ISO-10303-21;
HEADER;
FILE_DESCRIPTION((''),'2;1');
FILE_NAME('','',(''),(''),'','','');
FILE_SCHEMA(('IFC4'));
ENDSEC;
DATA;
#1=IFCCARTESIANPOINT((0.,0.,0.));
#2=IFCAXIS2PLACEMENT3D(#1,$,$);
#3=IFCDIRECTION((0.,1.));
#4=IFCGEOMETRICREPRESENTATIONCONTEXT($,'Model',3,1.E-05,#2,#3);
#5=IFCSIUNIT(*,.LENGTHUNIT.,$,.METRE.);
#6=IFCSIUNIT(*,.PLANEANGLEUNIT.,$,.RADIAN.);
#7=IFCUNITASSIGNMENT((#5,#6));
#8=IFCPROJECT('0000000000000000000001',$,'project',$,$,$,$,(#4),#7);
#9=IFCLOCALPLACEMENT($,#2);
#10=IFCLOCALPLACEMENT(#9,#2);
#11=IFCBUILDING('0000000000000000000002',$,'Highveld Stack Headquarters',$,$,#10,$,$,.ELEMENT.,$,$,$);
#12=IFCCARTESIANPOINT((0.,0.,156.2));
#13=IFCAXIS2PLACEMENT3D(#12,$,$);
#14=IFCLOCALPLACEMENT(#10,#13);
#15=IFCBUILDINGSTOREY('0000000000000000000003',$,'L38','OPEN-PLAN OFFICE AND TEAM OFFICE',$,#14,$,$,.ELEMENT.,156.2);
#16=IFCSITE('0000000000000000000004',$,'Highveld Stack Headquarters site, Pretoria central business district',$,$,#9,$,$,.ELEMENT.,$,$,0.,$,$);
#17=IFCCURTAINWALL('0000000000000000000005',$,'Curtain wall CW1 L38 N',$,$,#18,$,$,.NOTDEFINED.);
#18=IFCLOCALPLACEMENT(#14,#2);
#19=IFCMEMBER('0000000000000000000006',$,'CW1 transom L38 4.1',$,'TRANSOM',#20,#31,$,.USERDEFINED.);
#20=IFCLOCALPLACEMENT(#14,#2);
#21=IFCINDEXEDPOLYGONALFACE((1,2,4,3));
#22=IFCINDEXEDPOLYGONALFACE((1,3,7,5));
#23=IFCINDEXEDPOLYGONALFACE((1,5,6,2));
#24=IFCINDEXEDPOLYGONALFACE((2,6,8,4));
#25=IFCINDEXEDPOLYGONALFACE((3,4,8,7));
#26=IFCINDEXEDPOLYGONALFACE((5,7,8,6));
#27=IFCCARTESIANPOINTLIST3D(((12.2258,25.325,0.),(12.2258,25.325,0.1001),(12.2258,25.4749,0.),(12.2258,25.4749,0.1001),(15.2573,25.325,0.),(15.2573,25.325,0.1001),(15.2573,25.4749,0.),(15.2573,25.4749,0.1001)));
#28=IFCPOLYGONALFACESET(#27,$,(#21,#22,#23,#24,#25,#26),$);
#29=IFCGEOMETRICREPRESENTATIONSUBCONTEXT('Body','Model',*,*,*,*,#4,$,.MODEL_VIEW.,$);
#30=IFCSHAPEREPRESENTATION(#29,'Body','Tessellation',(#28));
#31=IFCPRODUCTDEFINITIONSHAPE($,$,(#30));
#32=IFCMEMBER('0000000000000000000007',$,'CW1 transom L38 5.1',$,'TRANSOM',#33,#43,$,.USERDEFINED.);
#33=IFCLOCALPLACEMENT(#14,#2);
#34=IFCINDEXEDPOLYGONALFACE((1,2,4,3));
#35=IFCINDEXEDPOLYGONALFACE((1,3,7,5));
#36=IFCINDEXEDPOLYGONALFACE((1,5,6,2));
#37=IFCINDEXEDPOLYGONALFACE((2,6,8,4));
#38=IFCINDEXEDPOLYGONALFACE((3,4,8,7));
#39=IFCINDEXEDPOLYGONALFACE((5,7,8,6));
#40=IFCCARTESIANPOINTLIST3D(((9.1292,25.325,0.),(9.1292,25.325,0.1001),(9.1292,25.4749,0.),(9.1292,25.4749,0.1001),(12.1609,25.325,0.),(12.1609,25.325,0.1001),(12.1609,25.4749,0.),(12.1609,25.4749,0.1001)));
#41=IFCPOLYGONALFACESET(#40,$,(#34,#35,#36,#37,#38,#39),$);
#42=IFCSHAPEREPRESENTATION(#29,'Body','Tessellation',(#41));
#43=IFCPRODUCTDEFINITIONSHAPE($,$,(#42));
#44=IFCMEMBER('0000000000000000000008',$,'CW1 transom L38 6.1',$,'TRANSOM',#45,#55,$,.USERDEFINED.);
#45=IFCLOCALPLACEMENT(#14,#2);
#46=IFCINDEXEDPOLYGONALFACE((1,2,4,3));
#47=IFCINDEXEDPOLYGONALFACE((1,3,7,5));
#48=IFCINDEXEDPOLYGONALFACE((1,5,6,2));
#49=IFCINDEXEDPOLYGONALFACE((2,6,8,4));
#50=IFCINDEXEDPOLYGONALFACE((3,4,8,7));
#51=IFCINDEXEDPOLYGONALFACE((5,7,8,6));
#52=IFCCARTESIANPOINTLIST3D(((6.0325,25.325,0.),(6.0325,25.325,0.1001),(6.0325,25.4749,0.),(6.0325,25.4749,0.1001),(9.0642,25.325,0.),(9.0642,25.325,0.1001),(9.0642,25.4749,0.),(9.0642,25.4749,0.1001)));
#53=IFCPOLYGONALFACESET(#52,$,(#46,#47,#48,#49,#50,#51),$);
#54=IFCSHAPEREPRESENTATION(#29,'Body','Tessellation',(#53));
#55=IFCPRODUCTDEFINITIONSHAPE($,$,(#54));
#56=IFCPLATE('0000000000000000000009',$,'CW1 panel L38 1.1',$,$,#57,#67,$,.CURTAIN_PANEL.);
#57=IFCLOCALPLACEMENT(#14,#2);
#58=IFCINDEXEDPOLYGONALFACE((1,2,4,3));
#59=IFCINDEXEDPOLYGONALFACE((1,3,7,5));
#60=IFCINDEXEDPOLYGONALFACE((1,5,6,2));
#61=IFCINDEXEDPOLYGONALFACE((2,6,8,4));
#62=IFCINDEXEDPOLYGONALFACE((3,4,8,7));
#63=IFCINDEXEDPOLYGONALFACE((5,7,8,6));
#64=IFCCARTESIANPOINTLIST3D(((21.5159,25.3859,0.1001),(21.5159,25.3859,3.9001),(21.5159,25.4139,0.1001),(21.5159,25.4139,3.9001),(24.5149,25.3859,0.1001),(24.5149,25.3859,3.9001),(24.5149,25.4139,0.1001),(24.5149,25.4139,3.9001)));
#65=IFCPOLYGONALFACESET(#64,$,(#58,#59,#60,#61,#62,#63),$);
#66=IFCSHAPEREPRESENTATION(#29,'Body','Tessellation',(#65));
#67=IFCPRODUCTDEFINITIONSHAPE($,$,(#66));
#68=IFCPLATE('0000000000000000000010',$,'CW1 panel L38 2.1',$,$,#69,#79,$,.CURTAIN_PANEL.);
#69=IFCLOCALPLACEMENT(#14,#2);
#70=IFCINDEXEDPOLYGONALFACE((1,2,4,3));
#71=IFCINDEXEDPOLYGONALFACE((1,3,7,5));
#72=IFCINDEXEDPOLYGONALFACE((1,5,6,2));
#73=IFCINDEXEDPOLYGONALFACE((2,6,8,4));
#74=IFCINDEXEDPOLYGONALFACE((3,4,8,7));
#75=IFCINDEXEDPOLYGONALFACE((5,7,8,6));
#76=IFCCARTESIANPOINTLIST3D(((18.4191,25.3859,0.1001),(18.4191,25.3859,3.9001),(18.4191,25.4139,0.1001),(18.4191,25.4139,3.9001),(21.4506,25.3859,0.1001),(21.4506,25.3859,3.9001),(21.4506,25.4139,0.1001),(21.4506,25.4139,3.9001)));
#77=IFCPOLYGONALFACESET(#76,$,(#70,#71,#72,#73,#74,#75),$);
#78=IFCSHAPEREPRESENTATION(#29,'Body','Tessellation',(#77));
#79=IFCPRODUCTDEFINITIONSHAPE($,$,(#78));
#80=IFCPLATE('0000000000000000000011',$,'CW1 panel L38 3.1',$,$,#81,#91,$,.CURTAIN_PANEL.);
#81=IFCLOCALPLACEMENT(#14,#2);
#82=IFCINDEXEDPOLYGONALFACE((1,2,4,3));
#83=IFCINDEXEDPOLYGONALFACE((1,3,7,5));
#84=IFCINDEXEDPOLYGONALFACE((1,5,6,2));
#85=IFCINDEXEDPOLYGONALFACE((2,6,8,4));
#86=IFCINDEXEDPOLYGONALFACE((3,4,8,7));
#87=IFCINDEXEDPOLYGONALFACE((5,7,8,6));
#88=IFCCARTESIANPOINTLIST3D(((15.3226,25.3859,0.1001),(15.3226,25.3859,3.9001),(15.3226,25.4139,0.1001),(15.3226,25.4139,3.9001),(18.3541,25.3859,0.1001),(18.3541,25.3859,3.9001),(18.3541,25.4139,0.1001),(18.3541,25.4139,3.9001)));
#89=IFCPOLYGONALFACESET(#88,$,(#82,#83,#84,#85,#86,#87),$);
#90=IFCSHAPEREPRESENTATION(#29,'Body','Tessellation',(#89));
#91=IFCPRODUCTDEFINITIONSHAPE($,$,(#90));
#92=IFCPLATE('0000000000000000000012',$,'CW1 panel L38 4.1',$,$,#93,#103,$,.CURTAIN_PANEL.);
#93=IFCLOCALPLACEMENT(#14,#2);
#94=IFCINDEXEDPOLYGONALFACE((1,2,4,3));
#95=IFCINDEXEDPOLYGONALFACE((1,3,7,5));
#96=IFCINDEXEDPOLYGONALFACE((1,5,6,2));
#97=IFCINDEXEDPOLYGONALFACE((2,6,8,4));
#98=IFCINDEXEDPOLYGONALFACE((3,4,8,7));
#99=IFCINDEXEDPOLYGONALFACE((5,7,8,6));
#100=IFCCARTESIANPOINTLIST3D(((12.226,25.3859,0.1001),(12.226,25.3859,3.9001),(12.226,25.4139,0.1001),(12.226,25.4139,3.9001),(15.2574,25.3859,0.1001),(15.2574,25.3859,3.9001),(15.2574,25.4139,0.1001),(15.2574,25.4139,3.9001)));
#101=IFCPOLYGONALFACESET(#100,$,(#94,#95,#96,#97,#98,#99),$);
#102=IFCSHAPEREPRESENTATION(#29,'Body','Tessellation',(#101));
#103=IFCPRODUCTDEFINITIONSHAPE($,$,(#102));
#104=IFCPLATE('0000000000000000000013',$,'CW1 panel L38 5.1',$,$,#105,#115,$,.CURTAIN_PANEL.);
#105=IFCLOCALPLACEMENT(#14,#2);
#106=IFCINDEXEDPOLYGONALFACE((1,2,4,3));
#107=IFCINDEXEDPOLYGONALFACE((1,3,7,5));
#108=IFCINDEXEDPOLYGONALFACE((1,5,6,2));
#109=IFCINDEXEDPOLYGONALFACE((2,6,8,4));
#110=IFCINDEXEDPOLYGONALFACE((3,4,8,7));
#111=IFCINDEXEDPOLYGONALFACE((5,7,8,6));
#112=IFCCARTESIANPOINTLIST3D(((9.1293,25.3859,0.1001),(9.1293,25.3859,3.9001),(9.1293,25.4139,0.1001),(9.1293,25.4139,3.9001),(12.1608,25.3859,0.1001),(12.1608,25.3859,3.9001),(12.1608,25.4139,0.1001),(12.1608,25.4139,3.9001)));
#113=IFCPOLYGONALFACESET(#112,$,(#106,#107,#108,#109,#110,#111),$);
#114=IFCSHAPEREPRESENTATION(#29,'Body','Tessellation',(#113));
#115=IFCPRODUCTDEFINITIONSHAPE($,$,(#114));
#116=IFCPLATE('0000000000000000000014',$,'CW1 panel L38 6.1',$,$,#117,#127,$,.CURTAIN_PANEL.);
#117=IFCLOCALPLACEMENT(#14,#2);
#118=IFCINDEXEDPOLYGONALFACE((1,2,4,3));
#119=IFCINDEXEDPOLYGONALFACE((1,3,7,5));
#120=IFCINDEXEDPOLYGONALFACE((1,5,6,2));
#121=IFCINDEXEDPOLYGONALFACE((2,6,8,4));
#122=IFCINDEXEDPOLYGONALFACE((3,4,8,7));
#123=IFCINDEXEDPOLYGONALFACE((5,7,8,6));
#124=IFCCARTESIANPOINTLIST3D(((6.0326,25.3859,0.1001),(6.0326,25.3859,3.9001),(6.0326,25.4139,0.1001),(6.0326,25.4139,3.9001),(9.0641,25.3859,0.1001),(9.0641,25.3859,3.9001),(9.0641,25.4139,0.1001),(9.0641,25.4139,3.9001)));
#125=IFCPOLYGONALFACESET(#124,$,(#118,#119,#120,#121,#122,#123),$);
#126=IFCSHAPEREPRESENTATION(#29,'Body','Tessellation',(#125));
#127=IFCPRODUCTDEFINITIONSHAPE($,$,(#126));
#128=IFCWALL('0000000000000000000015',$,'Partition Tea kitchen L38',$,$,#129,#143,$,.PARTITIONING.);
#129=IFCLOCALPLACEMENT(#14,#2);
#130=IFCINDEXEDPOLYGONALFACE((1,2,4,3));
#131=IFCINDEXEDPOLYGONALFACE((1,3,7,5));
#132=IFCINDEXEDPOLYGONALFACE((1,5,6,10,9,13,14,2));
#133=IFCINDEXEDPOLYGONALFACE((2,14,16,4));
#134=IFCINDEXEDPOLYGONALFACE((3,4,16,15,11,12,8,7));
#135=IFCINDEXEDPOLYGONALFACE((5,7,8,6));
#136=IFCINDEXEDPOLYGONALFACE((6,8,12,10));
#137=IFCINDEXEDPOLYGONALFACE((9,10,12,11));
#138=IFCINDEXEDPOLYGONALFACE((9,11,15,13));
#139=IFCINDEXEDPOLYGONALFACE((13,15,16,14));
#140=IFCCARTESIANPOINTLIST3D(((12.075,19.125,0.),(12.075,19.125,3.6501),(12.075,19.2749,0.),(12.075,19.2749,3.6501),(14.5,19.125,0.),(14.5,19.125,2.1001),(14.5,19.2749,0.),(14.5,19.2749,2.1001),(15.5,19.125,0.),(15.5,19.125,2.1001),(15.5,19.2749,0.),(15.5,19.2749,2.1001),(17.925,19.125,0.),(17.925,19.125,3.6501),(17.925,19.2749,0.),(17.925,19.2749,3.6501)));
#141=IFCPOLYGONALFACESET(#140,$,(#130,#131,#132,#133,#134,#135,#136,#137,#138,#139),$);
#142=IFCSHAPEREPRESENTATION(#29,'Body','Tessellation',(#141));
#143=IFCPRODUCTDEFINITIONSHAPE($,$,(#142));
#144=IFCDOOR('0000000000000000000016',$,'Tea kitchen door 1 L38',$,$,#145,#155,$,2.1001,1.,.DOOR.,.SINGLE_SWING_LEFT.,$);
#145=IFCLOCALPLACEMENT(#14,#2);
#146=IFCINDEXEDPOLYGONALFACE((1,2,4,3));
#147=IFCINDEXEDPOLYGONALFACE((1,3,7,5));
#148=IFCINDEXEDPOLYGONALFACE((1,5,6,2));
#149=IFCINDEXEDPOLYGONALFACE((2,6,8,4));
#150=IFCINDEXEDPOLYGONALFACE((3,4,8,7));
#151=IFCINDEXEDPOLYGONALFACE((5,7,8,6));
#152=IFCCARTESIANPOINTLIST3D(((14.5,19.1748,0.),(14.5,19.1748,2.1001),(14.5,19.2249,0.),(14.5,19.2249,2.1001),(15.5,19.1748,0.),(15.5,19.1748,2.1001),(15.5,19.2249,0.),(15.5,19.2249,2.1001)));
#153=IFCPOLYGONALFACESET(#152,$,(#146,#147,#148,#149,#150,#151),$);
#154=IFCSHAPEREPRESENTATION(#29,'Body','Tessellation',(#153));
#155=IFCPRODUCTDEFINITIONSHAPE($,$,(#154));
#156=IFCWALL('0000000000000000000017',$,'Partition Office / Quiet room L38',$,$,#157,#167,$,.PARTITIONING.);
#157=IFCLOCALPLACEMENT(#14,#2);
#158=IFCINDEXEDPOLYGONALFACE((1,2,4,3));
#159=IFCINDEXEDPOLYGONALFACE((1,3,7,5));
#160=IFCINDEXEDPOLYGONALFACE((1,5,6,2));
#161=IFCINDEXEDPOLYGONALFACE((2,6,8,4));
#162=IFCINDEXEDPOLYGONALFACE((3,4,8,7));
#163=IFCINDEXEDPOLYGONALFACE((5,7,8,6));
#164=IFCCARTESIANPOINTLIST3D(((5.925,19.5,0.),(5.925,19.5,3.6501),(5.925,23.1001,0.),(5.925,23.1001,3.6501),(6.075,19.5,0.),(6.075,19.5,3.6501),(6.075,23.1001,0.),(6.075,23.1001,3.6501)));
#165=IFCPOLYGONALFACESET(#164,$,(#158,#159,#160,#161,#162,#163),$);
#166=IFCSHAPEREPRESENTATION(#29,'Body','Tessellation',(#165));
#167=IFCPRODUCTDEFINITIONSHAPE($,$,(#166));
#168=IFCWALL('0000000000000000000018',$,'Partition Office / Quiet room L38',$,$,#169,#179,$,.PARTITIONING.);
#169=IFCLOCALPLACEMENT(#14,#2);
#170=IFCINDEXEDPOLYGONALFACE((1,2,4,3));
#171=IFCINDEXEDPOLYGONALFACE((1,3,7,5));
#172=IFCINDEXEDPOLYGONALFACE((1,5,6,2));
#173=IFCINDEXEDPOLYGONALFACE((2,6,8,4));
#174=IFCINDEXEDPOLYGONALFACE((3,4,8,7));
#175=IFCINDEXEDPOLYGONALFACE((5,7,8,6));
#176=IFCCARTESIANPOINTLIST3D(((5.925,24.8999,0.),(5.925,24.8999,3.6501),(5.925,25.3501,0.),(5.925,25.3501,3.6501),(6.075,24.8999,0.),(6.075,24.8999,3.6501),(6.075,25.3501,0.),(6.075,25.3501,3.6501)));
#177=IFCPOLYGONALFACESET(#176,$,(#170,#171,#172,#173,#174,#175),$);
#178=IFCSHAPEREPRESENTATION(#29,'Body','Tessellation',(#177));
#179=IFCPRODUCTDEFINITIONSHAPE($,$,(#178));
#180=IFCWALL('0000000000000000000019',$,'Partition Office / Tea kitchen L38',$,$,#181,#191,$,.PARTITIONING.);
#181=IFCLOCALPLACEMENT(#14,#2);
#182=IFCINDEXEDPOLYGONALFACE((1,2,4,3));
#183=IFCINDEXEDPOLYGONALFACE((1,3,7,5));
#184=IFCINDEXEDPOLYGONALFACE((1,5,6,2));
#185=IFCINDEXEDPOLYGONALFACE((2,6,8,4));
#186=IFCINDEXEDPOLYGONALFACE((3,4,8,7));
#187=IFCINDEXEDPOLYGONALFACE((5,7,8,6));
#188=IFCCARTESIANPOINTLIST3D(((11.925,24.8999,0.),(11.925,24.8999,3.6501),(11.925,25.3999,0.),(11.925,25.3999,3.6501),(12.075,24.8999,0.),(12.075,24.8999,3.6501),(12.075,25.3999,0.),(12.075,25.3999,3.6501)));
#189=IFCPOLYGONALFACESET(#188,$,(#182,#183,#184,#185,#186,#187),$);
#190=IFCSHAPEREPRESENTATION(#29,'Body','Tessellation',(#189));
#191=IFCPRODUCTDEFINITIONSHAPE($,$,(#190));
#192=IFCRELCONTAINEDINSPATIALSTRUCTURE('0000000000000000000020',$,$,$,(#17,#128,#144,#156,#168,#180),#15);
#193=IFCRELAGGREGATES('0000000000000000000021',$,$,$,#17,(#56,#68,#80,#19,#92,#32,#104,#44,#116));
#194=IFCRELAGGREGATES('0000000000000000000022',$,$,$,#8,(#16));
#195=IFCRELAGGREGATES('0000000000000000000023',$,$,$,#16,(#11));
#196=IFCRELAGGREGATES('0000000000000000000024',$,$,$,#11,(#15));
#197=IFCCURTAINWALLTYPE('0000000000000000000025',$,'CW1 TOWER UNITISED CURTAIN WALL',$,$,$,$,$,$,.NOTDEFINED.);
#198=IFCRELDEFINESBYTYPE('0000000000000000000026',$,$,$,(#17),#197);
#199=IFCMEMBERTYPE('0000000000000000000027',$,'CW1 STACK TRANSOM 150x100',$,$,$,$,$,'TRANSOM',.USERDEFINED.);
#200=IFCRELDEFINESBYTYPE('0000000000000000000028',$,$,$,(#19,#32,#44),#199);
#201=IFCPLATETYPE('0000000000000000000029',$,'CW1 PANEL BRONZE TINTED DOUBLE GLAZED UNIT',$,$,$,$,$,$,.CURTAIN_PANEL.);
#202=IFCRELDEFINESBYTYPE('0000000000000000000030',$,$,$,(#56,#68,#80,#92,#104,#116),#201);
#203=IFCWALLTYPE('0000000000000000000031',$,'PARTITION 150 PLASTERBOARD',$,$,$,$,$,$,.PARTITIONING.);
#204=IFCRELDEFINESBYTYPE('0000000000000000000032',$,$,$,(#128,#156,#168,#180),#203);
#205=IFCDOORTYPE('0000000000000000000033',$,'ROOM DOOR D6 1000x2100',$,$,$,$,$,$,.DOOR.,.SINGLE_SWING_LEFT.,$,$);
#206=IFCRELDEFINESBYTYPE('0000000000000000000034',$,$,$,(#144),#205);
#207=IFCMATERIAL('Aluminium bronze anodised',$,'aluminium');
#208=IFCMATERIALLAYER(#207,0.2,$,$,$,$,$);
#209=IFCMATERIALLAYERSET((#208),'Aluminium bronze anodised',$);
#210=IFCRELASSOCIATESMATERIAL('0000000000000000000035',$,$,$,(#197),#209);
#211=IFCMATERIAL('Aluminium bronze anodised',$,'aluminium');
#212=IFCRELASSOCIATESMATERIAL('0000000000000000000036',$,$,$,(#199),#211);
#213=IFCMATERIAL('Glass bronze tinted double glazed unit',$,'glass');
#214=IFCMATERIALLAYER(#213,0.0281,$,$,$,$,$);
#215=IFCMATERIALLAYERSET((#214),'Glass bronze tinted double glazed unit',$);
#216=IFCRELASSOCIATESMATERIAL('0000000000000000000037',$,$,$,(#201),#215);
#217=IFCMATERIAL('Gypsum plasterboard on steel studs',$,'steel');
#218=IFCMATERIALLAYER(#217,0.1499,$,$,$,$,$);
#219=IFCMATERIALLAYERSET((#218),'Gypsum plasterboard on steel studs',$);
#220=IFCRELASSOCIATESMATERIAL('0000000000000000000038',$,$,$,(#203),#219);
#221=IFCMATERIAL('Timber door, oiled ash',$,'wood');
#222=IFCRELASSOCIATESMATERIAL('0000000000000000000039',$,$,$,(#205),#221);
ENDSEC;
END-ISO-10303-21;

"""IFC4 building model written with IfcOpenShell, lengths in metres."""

from ifc_helpers import new_model, si_unit, direction, frame, frame_2d, origin, origin_2d, place, context, subcontext, project, spatial, rectangle, extrude, material, layer, layer_set, material_profile, profile_set, type_object, element, fill, aggregate, save


model = new_model("IFC4")

# Units and contexts
model_context = context("Model", 3, precision=1e-05, world=origin(), true_north=direction((0.0, 1.0)))
body_context = subcontext(model_context, "Body", "Model", "MODEL_VIEW")
ifc_project = project(units=[si_unit("LENGTHUNIT", "METRE"), si_unit("PLANEANGLEUNIT", "RADIAN")], contexts=[model_context])

# Site, building, storey
site_placement = place(None, origin())
site = spatial("IfcSite", under=ifc_project, at=site_placement, Name="Highveld Stack Headquarters site, Pretoria central business district", CompositionType="ELEMENT", RefElevation=0.0)
building_placement = place(site_placement, origin())
building = spatial("IfcBuilding", under=site, at=building_placement, Name="Highveld Stack Headquarters", CompositionType="ELEMENT")
storey_placement = place(building_placement, frame((0.0, 0.0, 156.2)))
storey = spatial("IfcBuildingStorey", under=building, at=storey_placement, Name="L38", Description="OPEN-PLAN OFFICE AND TEAM OFFICE", CompositionType="ELEMENT", Elevation=156.2)

# Curtain wall, members, plates
ifc_material_1 = material(Name="Aluminium bronze anodised", Category="aluminium")
ifc_layer_1 = layer(ifc_material_1, 0.2)
ifc_layer_set_1 = layer_set([ifc_layer_1], Name="Aluminium bronze anodised")
curtain_wall_type = type_object("IfcCurtainWallType", Name="CW1 TOWER UNITISED CURTAIN WALL", PredefinedType="NOTDEFINED", material=ifc_layer_set_1)
curtain_wall_placement = place(storey_placement, origin())
curtain_wall = element("IfcCurtainWall", 1, at=curtain_wall_placement, inside=storey, type_object=curtain_wall_type, Name="Curtain wall CW1 L38 N", PredefinedType="NOTDEFINED")
ifc_material_2 = material(Name="Aluminium bronze anodised", Category="aluminium")
ifc_material_profile_1 = material_profile(ifc_material_2, rectangle(XDim=0.1499, YDim=0.1001, at=origin_2d()), Name="CW1 TRANSOM 150x100")
ifc_profile_set_1 = profile_set([ifc_material_profile_1], Name="Aluminium bronze anodised")
member_type_1 = type_object("IfcMemberType", Name="CW1 STACK TRANSOM 150x100", ElementType="TRANSOM", PredefinedType="USERDEFINED", material=ifc_profile_set_1)
member_1_placement = place(storey_placement, frame((15.2573, 25.3999, 0.05), z_axis=(-1.0, 0.0, 0.0), x_axis=(0.0, -1.0, 0.0)))
member_1 = element("IfcMember", 2, at=member_1_placement, type_object=member_type_1, Name="CW1 transom L38 4.1", ObjectType="TRANSOM", PredefinedType="USERDEFINED", context=body_context, shape_type="SweptSolid", body=[
    extrude(rectangle(XDim=0.1499, YDim=0.1001, at=origin_2d()), origin(), (0.0, 0.0, 1.0), 3.0315),
])
member_2_placement = place(storey_placement, frame((12.1609, 25.3999, 0.05), z_axis=(-1.0, 0.0, 0.0), x_axis=(0.0, -1.0, 0.0)))
member_2 = element("IfcMember", 3, at=member_2_placement, type_object=member_type_1, Name="CW1 transom L38 5.1", ObjectType="TRANSOM", PredefinedType="USERDEFINED", context=body_context, shape_type="SweptSolid", body=[
    extrude(rectangle(XDim=0.1499, YDim=0.1001, at=origin_2d()), origin(), (0.0, 0.0, 1.0), 3.0317),
])
member_3_placement = place(storey_placement, frame((9.0642, 25.3999, 0.05), z_axis=(-1.0, 0.0, 0.0), x_axis=(0.0, -1.0, 0.0)))
member_3 = element("IfcMember", 4, at=member_3_placement, type_object=member_type_1, Name="CW1 transom L38 6.1", ObjectType="TRANSOM", PredefinedType="USERDEFINED", context=body_context, shape_type="SweptSolid", body=[
    extrude(rectangle(XDim=0.1499, YDim=0.1001, at=origin_2d()), origin(), (0.0, 0.0, 1.0), 3.0317),
])
ifc_material_3 = material(Name="Glass bronze tinted double glazed unit", Category="glass")
ifc_layer_2 = layer(ifc_material_3, 0.0281)
ifc_layer_set_2 = layer_set([ifc_layer_2], Name="Glass bronze tinted double glazed unit")
plate_type = type_object("IfcPlateType", Name="CW1 PANEL BRONZE TINTED DOUBLE GLAZED UNIT", PredefinedType="CURTAIN_PANEL", material=ifc_layer_set_2)
plate_1_placement = place(storey_placement, frame((23.0154, 25.3999, 0.1001), z_axis=(0.0, 0.0, 1.0), x_axis=(-1.0, 0.0, 0.0)))
plate_1 = element("IfcPlate", 5, at=plate_1_placement, type_object=plate_type, Name="CW1 panel L38 1.1", PredefinedType="CURTAIN_PANEL", context=body_context, shape_type="SweptSolid", body=[
    extrude(rectangle(XDim=2.999, YDim=0.0281, at=origin_2d()), origin(), (0.0, 0.0, 1.0), 3.8),
])
plate_2_placement = place(storey_placement, frame((19.9348, 25.3999, 0.1001), z_axis=(0.0, 0.0, 1.0), x_axis=(-1.0, 0.0, 0.0)))
plate_2 = element("IfcPlate", 6, at=plate_2_placement, type_object=plate_type, Name="CW1 panel L38 2.1", PredefinedType="CURTAIN_PANEL", context=body_context, shape_type="SweptSolid", body=[
    extrude(rectangle(XDim=3.0315, YDim=0.0281, at=origin_2d()), origin(), (0.0, 0.0, 1.0), 3.8),
])
plate_3_placement = place(storey_placement, frame((16.8384, 25.3999, 0.1001), z_axis=(0.0, 0.0, 1.0), x_axis=(-1.0, 0.0, 0.0)))
plate_3 = element("IfcPlate", 7, at=plate_3_placement, type_object=plate_type, Name="CW1 panel L38 3.1", PredefinedType="CURTAIN_PANEL", context=body_context, shape_type="SweptSolid", body=[
    extrude(rectangle(XDim=3.0315, YDim=0.0281, at=origin_2d()), origin(), (0.0, 0.0, 1.0), 3.8),
])
plate_4_placement = place(storey_placement, frame((13.7417, 25.3999, 0.1001), z_axis=(0.0, 0.0, 1.0), x_axis=(-1.0, 0.0, 0.0)))
plate_4 = element("IfcPlate", 8, at=plate_4_placement, type_object=plate_type, Name="CW1 panel L38 4.1", PredefinedType="CURTAIN_PANEL", context=body_context, shape_type="SweptSolid", body=[
    extrude(rectangle(XDim=3.0315, YDim=0.0281, at=origin_2d()), origin(), (0.0, 0.0, 1.0), 3.8),
])
plate_5_placement = place(storey_placement, frame((10.645, 25.3999, 0.1001), z_axis=(0.0, 0.0, 1.0), x_axis=(-1.0, 0.0, 0.0)))
plate_5 = element("IfcPlate", 9, at=plate_5_placement, type_object=plate_type, Name="CW1 panel L38 5.1", PredefinedType="CURTAIN_PANEL", context=body_context, shape_type="SweptSolid", body=[
    extrude(rectangle(XDim=3.0315, YDim=0.0281, at=origin_2d()), origin(), (0.0, 0.0, 1.0), 3.8),
])
plate_6_placement = place(storey_placement, frame((7.5483, 25.3999, 0.1001), z_axis=(0.0, 0.0, 1.0), x_axis=(-1.0, 0.0, 0.0)))
plate_6 = element("IfcPlate", 10, at=plate_6_placement, type_object=plate_type, Name="CW1 panel L38 6.1", PredefinedType="CURTAIN_PANEL", context=body_context, shape_type="SweptSolid", body=[
    extrude(rectangle(XDim=3.0315, YDim=0.0281, at=origin_2d()), origin(), (0.0, 0.0, 1.0), 3.8),
])
aggregate(curtain_wall, [plate_1, plate_2, plate_3, member_1, plate_4, member_2, plate_5, member_3, plate_6])

# Wall, opening, door
ifc_material_4 = material(Name="Gypsum plasterboard on steel studs", Category="steel")
ifc_layer_3 = layer(ifc_material_4, 0.1499)
ifc_layer_set_3 = layer_set([ifc_layer_3], Name="Gypsum plasterboard on steel studs")
wall_type = type_object("IfcWallType", Name="PARTITION 150 PLASTERBOARD", PredefinedType="PARTITIONING", material=ifc_layer_set_3)
wall_1_placement = place(storey_placement, frame((12.075, 19.2, 0.0), z_axis=(0.0, 0.0, 1.0), x_axis=(1.0, 0.0, 0.0)))
wall_1 = element("IfcWall", 11, at=wall_1_placement, inside=storey, type_object=wall_type, Name="Partition Tea kitchen L38", PredefinedType="PARTITIONING", context=body_context, shape_type="SweptSolid", body=[
    extrude(rectangle(XDim=5.8501, YDim=0.1499, at=frame_2d((2.925, 0.0))), origin(), (0.0, 0.0, 1.0), 3.6501),
])
opening_placement = place(wall_1_placement, frame((2.425, 0.0, 0.0)))
opening = element("IfcOpeningElement", 12, at=opening_placement, cuts=wall_1, PredefinedType="OPENING", context=body_context, shape_type="SweptSolid", body=[
    extrude(rectangle(XDim=1.0, YDim=2.1001, at=frame_2d((0.5, 1.05))), frame((0.0, 0.085, 0.0), z_axis=(0.0, -1.0, 0.0), x_axis=(1.0, 0.0, 0.0)), (0.0, 0.0, 1.0), 0.1699),
])
ifc_material_5 = material(Name="Timber door, oiled ash", Category="wood")
door_type = type_object("IfcDoorType", Name="ROOM DOOR D6 1000x2100", OperationType="SINGLE_SWING_LEFT", PredefinedType="DOOR", material=ifc_material_5)
door_placement = place(opening_placement, origin())
door = element("IfcDoor", 13, at=door_placement, inside=storey, type_object=door_type, Name="Tea kitchen door 1 L38", OperationType="SINGLE_SWING_LEFT", OverallHeight=2.1001, OverallWidth=1.0, PredefinedType="DOOR", context=body_context, shape_type="SweptSolid", body=[
    extrude(rectangle(XDim=1.0, YDim=2.1001, at=frame_2d((0.5, 1.05))), frame((0.0, 0.0249, 0.0), z_axis=(0.0, -1.0, 0.0), x_axis=(1.0, 0.0, 0.0)), (0.0, 0.0, 1.0), 0.05),
])
fill(opening, door)

# Walls
wall_2_placement = place(storey_placement, frame((6.0, 19.5, 0.0), z_axis=(0.0, 0.0, 1.0), x_axis=(0.0, 1.0, 0.0)))
element("IfcWall", 14, at=wall_2_placement, inside=storey, type_object=wall_type, Name="Partition Office / Quiet room L38", PredefinedType="PARTITIONING", context=body_context, shape_type="SweptSolid", body=[
    extrude(rectangle(XDim=3.6001, YDim=0.1499, at=frame_2d((1.8, 0.0))), origin(), (0.0, 0.0, 1.0), 3.6501),
])
wall_3_placement = place(storey_placement, frame((6.0, 24.8999, 0.0), z_axis=(0.0, 0.0, 1.0), x_axis=(0.0, 1.0, 0.0)))
element("IfcWall", 15, at=wall_3_placement, inside=storey, type_object=wall_type, Name="Partition Office / Quiet room L38", PredefinedType="PARTITIONING", context=body_context, shape_type="SweptSolid", body=[
    extrude(rectangle(XDim=0.4502, YDim=0.1499, at=frame_2d((0.2251, 0.0))), origin(), (0.0, 0.0, 1.0), 3.6501),
])
wall_4_placement = place(storey_placement, frame((12.0, 24.8999, 0.0), z_axis=(0.0, 0.0, 1.0), x_axis=(0.0, 1.0, 0.0)))
element("IfcWall", 16, at=wall_4_placement, inside=storey, type_object=wall_type, Name="Partition Office / Tea kitchen L38", PredefinedType="PARTITIONING", context=body_context, shape_type="SweptSolid", body=[
    extrude(rectangle(XDim=0.5, YDim=0.1499, at=frame_2d((0.25, 0.0))), origin(), (0.0, 0.0, 1.0), 3.6501),
])

save(model, "model.ifc")
